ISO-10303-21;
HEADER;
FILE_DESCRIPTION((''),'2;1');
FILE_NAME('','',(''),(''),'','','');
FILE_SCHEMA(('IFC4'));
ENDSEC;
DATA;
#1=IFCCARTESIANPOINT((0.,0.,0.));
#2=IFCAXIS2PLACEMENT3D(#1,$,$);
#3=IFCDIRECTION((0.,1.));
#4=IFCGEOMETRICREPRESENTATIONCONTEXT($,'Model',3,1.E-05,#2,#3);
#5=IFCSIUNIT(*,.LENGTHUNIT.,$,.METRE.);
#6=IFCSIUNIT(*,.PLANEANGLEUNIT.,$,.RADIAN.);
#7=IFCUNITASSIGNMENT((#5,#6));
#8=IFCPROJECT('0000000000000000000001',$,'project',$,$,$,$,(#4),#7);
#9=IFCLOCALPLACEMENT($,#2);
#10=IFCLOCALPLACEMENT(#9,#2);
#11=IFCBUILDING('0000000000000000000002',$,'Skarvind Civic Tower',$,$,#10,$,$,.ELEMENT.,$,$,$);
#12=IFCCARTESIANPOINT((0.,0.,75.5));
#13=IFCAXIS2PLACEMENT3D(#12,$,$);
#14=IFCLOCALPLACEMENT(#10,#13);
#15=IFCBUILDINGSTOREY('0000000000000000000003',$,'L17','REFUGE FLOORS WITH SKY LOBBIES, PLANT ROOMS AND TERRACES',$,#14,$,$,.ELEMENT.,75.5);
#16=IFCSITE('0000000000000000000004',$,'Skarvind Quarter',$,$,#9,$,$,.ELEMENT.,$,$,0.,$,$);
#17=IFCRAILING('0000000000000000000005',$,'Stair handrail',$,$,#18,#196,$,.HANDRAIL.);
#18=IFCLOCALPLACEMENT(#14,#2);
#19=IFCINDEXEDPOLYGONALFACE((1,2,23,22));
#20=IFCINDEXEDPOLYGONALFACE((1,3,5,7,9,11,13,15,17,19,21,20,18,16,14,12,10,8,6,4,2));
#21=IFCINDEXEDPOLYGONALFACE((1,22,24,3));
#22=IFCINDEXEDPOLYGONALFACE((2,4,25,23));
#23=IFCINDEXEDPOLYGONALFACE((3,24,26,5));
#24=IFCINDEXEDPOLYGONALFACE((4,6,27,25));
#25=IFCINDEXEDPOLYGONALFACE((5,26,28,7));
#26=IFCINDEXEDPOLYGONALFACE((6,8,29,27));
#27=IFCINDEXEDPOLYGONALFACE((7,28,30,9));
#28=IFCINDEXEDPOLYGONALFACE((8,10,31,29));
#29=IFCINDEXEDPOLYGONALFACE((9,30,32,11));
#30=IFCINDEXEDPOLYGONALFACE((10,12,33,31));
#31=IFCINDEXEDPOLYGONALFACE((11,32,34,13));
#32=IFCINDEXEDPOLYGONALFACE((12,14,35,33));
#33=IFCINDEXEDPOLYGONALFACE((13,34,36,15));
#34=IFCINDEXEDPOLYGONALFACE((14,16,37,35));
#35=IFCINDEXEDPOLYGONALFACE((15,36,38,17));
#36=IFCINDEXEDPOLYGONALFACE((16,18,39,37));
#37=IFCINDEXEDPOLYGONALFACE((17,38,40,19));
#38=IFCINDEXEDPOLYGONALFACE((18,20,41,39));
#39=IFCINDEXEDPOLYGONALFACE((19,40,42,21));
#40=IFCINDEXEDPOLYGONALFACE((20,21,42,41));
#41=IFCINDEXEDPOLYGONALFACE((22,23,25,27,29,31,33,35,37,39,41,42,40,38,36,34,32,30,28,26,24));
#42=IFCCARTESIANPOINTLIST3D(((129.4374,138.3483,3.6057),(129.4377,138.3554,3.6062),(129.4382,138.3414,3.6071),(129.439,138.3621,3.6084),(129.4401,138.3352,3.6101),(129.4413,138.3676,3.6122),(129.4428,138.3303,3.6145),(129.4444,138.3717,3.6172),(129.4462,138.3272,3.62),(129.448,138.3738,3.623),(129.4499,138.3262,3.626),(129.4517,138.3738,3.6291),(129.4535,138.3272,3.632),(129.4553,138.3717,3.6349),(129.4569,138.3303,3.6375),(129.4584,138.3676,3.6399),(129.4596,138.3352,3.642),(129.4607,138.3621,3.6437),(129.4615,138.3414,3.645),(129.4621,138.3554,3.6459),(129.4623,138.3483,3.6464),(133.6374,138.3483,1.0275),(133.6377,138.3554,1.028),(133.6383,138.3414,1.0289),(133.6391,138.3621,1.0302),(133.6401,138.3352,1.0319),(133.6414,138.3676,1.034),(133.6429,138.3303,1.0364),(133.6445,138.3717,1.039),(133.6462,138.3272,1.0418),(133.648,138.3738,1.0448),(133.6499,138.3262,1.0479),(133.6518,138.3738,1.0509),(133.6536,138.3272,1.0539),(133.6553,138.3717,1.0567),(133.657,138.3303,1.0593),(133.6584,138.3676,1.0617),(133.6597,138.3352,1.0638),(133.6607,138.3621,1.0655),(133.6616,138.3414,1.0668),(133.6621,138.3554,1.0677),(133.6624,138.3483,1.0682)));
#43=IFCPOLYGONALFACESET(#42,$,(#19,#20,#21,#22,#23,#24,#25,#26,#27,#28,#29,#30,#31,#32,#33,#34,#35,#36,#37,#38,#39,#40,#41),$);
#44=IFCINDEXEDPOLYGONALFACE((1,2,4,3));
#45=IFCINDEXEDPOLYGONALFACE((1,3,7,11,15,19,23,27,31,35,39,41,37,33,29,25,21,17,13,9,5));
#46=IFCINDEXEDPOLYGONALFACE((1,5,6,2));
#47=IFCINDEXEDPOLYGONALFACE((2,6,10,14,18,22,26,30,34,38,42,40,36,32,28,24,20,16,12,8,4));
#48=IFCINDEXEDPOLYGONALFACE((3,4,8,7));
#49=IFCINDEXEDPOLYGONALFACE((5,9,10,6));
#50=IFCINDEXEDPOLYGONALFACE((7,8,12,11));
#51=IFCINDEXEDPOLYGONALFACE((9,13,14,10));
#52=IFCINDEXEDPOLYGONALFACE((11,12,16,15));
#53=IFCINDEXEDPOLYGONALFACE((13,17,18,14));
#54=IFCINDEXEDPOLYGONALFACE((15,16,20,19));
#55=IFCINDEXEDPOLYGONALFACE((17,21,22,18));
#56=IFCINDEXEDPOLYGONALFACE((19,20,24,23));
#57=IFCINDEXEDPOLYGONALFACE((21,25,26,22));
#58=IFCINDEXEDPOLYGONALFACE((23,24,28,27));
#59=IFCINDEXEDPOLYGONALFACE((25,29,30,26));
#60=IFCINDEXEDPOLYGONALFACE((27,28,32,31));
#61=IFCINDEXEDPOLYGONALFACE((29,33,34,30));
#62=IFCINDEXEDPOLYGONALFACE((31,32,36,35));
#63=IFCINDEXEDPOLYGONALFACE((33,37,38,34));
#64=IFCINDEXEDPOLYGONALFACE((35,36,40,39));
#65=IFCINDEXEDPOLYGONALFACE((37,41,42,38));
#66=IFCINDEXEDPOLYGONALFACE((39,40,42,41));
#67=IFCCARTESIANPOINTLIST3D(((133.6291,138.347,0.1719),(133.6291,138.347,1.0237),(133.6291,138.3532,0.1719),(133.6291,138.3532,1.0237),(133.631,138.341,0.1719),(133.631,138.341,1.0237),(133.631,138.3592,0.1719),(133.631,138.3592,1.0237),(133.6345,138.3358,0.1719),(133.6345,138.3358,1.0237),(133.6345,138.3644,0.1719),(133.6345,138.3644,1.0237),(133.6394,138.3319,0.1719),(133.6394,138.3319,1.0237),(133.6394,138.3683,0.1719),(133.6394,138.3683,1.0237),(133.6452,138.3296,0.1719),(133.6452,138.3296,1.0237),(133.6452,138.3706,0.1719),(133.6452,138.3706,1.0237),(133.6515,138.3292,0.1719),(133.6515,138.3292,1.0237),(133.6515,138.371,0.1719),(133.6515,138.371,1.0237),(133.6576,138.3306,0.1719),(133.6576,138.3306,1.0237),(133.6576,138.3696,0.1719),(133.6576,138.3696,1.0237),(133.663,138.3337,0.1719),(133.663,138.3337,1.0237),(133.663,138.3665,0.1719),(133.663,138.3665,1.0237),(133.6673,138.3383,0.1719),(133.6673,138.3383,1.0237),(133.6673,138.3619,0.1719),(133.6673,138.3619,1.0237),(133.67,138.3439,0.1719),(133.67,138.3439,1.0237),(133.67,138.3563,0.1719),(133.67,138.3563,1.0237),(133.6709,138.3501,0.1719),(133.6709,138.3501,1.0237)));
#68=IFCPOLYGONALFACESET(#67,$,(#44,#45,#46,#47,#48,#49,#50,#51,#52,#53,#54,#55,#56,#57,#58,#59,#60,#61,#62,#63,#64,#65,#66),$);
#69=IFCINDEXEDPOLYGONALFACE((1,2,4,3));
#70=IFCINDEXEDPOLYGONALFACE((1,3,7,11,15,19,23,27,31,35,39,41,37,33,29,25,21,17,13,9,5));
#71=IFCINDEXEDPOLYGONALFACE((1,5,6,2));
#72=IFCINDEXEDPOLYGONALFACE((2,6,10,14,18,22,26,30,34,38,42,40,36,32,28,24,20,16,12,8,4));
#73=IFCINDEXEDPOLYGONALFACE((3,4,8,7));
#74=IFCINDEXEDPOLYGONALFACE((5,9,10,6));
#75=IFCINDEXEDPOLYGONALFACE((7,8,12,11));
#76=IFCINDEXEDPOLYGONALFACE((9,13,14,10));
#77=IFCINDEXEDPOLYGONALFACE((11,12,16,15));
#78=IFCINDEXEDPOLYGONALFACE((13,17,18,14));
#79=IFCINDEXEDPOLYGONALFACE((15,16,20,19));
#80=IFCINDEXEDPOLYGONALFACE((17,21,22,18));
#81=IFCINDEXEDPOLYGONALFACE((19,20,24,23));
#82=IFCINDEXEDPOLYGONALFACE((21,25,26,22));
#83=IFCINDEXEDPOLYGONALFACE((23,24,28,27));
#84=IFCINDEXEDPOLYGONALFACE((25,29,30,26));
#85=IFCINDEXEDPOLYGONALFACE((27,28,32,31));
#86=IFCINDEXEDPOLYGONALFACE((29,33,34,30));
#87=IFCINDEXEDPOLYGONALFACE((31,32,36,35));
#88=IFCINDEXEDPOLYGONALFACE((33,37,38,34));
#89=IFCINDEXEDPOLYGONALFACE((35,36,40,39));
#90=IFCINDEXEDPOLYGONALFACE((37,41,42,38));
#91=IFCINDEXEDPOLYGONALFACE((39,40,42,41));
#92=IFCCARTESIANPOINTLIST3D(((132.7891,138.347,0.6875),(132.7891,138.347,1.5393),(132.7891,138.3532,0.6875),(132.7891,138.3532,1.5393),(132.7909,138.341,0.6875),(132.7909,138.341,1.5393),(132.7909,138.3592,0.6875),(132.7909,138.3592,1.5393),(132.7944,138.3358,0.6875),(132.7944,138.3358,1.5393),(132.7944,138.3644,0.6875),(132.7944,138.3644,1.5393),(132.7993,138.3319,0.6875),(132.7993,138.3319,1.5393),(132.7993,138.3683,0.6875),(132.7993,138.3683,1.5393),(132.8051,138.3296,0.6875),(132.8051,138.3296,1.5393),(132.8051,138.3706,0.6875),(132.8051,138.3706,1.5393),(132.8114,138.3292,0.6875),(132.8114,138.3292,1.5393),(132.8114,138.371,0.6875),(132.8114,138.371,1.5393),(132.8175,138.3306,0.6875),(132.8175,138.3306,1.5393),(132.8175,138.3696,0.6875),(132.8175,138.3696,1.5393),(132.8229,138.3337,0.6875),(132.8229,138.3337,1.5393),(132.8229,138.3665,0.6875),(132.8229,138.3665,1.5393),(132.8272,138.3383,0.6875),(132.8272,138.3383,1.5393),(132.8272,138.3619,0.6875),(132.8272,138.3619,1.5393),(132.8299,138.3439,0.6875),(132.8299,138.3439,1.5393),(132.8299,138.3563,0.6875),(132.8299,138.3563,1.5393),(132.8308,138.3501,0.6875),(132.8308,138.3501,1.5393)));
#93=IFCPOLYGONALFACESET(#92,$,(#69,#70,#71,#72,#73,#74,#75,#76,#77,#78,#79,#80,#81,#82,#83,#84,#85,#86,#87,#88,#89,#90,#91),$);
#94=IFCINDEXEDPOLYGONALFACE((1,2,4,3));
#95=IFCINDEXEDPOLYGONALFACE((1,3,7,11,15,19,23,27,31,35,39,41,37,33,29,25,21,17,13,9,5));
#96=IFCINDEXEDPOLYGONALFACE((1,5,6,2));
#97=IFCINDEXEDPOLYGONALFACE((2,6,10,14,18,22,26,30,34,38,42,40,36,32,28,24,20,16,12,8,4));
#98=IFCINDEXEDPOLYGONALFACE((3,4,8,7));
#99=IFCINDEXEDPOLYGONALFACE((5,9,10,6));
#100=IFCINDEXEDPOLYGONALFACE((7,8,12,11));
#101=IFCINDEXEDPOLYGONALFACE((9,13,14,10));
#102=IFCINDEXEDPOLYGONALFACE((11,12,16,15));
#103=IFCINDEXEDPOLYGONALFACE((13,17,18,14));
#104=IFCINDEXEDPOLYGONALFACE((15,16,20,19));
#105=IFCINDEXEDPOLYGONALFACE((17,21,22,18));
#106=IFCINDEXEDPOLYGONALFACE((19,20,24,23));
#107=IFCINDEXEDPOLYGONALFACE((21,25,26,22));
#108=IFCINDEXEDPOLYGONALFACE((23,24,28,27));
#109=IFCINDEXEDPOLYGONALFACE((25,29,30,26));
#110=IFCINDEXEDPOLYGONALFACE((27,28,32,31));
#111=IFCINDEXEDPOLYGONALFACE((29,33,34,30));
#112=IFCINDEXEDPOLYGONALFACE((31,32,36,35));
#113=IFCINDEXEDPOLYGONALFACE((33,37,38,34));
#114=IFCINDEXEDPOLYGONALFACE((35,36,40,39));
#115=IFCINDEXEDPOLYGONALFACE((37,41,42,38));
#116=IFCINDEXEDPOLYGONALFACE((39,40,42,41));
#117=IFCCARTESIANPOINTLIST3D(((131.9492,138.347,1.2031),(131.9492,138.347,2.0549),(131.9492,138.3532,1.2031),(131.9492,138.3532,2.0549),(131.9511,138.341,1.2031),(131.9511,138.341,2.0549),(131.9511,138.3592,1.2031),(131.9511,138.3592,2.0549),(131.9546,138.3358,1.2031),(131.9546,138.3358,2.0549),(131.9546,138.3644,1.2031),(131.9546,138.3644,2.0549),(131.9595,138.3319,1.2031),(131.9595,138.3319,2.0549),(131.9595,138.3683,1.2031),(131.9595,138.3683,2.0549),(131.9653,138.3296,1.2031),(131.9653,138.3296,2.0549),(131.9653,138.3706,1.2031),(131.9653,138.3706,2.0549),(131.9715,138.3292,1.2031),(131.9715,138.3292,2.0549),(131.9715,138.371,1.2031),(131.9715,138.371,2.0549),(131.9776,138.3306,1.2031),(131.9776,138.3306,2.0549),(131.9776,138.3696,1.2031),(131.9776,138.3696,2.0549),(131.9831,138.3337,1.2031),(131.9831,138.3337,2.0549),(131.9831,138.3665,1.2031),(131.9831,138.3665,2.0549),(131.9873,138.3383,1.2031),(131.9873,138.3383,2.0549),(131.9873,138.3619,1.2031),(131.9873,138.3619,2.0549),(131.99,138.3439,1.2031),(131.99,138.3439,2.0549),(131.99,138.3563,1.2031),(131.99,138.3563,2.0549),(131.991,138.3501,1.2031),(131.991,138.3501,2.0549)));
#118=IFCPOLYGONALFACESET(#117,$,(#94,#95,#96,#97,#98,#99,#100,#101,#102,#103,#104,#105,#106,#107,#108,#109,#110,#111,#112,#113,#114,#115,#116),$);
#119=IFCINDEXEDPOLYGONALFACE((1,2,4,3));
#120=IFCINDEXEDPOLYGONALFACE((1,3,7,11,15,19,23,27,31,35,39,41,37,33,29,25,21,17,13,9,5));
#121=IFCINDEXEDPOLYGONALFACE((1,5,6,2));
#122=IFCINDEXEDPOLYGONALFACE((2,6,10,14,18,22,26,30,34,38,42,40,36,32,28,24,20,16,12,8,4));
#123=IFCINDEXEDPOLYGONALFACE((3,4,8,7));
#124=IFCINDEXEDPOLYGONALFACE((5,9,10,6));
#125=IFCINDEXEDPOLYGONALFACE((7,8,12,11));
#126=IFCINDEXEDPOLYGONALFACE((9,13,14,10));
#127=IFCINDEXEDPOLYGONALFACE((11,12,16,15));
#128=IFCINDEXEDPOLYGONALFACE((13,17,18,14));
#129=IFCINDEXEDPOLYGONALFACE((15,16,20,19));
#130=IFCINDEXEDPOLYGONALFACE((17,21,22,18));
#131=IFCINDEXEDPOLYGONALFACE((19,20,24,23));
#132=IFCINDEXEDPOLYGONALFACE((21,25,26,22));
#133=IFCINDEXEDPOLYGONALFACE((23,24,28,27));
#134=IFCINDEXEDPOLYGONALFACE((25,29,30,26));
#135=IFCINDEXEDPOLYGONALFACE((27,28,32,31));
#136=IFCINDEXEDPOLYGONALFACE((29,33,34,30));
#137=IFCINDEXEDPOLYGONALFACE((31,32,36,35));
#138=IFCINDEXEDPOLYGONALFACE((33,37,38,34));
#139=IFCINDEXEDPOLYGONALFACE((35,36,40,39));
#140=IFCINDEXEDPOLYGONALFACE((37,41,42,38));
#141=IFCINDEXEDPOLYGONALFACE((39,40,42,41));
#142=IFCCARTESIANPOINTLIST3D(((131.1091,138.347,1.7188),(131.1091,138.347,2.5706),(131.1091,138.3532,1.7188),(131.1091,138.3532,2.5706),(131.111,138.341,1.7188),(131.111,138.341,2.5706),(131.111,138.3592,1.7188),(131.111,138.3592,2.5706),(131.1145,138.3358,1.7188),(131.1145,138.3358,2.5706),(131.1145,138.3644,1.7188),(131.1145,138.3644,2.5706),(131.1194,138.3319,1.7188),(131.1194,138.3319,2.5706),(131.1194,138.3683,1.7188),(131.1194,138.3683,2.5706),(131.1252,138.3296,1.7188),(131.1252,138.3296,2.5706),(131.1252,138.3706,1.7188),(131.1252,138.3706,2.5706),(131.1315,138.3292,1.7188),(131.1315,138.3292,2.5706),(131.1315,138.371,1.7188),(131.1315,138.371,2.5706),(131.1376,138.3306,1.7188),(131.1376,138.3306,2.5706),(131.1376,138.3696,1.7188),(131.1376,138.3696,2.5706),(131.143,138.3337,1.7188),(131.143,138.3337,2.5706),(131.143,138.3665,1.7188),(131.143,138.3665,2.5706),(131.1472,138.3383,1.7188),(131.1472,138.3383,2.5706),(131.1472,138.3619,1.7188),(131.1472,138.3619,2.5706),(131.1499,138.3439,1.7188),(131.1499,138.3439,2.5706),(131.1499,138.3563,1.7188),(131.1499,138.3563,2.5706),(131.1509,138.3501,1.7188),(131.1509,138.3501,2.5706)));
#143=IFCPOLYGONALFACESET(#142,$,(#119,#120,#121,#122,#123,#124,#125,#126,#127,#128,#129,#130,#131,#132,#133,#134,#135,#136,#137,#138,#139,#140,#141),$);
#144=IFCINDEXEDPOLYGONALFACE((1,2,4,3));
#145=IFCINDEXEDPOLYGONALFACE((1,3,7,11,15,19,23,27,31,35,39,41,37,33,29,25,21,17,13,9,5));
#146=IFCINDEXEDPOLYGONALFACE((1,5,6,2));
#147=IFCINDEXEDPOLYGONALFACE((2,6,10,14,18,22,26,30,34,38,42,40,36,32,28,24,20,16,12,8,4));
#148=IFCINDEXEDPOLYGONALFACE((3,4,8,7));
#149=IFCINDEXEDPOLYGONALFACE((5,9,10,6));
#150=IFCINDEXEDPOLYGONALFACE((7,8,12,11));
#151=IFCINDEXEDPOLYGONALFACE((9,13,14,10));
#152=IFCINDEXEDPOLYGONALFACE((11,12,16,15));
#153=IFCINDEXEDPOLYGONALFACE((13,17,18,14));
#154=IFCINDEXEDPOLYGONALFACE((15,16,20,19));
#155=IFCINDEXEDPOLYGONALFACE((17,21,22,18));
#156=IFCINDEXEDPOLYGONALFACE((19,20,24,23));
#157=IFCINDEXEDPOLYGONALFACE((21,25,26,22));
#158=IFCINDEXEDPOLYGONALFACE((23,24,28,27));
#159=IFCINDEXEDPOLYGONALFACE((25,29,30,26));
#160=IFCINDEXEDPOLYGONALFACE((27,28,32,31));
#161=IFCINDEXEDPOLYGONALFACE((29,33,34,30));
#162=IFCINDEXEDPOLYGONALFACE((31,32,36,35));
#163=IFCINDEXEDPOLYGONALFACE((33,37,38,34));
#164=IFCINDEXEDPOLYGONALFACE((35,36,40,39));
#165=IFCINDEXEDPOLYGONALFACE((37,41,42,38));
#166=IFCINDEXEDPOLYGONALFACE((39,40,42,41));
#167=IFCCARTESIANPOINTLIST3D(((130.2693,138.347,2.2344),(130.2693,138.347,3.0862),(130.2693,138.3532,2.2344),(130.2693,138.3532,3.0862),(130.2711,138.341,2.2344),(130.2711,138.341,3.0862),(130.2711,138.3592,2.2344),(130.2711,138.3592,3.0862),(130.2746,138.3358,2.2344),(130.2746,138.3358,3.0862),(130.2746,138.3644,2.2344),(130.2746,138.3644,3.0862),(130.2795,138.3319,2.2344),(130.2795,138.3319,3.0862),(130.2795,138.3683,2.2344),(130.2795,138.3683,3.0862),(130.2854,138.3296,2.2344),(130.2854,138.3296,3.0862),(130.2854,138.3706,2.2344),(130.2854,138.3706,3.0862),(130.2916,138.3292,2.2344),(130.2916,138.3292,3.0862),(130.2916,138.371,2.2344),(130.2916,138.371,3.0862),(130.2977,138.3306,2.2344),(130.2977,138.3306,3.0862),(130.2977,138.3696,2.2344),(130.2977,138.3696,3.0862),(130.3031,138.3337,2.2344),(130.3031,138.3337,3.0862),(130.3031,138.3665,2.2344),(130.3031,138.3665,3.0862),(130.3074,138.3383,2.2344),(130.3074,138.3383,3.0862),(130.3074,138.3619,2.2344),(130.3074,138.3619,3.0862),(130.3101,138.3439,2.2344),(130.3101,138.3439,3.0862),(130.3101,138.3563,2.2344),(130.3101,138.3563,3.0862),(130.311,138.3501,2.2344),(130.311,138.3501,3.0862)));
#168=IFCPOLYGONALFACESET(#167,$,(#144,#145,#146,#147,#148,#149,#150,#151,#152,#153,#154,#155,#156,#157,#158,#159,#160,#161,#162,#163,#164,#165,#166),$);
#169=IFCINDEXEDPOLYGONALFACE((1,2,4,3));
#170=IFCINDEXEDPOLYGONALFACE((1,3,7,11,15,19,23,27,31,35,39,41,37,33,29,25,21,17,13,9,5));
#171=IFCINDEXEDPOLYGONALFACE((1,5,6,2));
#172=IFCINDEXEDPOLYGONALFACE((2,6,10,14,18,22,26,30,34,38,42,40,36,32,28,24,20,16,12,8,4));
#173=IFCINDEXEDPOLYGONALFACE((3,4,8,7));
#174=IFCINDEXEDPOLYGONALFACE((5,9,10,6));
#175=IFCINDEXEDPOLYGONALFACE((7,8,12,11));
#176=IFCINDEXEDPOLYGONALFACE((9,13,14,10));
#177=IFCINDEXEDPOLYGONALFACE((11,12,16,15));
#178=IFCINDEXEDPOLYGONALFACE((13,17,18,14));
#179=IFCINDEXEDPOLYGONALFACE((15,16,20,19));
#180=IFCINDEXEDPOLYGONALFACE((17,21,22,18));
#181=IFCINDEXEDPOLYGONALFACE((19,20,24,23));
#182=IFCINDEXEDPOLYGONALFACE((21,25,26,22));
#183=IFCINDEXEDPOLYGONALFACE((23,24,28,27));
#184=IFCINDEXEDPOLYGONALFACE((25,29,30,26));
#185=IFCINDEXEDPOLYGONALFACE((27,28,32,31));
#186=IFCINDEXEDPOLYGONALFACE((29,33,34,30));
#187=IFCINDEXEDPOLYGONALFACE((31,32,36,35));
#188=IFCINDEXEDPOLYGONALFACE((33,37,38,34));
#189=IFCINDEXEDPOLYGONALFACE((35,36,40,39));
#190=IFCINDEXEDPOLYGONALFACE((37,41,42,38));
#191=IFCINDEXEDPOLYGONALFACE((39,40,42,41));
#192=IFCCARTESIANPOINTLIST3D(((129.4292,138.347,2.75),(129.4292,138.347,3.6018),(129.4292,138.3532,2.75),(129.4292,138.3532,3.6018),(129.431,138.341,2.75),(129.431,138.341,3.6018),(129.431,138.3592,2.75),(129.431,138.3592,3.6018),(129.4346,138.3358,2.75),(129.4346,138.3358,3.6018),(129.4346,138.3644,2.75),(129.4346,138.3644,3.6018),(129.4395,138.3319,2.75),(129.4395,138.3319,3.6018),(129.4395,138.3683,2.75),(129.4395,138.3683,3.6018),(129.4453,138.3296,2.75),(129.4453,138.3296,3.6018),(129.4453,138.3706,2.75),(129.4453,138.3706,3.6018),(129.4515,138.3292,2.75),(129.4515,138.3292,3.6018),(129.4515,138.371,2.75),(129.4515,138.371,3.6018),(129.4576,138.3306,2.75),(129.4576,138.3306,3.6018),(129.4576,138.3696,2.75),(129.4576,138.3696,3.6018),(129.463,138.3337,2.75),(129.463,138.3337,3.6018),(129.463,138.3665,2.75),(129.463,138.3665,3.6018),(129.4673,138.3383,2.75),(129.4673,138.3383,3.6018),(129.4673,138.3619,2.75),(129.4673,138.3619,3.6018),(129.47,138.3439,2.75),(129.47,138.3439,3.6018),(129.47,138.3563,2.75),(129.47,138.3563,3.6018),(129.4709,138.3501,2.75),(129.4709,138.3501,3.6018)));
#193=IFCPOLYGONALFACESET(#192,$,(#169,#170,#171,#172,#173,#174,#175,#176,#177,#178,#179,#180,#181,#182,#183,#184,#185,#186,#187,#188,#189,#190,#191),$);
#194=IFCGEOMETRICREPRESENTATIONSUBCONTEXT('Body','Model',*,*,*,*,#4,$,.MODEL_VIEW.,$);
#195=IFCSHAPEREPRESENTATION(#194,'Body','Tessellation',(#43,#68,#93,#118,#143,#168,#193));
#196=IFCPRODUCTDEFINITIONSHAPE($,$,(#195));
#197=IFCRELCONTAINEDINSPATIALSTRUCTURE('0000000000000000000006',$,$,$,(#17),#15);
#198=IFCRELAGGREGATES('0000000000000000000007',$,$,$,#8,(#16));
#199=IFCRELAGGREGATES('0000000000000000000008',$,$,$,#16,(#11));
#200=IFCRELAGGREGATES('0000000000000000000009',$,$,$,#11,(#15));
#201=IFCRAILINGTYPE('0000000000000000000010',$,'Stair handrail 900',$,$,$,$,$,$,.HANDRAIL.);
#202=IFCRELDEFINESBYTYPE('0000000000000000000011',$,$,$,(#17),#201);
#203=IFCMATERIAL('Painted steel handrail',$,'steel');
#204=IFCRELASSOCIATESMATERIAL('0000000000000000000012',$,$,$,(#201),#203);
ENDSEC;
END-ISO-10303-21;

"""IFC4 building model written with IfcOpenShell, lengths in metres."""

from ifc_helpers import new_model, si_unit, direction, frame, origin, origin_2d, place, context, subcontext, project, spatial, circle, extrude, material, type_object, element, save


model = new_model("IFC4")

# Units and contexts
model_context = context("Model", 3, precision=1e-05, world=origin(), true_north=direction((0.0, 1.0)))
body_context = subcontext(model_context, "Body", "Model", "MODEL_VIEW")
ifc_project = project(units=[si_unit("LENGTHUNIT", "METRE"), si_unit("PLANEANGLEUNIT", "RADIAN")], contexts=[model_context])

# Site, building, storey
site_placement = place(None, origin())
site = spatial("IfcSite", under=ifc_project, at=site_placement, Name="Skarvind Quarter", CompositionType="ELEMENT", RefElevation=0.0)
building_placement = place(site_placement, origin())
building = spatial("IfcBuilding", under=site, at=building_placement, Name="Skarvind Civic Tower", CompositionType="ELEMENT")
storey_placement = place(building_placement, frame((0.0, 0.0, 75.5)))
storey = spatial("IfcBuildingStorey", under=building, at=storey_placement, Name="L17", Description="REFUGE FLOORS WITH SKY LOBBIES, PLANT ROOMS AND TERRACES", CompositionType="ELEMENT", Elevation=75.5)

# Railing
ifc_material_1 = material(Name="Painted steel handrail", Category="steel")
railing_type = type_object("IfcRailingType", Name="Stair handrail 900", PredefinedType="HANDRAIL", material=ifc_material_1)
railing_placement = place(storey_placement, frame((133.6499, 138.3501, 0.1719)))
element("IfcRailing", 1, at=railing_placement, inside=storey, type_object=railing_type, Name="Stair handrail", PredefinedType="HANDRAIL", context=body_context, shape_type="SweptSolid", body=[
    extrude(circle(Radius=0.0239, at=origin_2d()), frame((0.0, 0.0, 0.876), z_axis=(-0.852243, 0.0, 0.523146), x_axis=(0.0, -1.0, 0.0)), (0.0, 0.0, 1.0), 4.9282),
    extrude(circle(Radius=0.021, at=origin_2d()), origin(), (0.0, 0.0, 1.0), 0.8518),
    extrude(circle(Radius=0.021, at=origin_2d()), frame((-0.8401, 0.0, 0.5156)), (0.0, 0.0, 1.0), 0.8518),
    extrude(circle(Radius=0.021, at=origin_2d()), frame((-1.6799, 0.0, 1.0312)), (0.0, 0.0, 1.0), 0.8518),
    extrude(circle(Radius=0.021, at=origin_2d()), frame((-2.52, 0.0, 1.5469)), (0.0, 0.0, 1.0), 0.8518),
    extrude(circle(Radius=0.021, at=origin_2d()), frame((-3.3599, 0.0, 2.0625)), (0.0, 0.0, 1.0), 0.8518),
    extrude(circle(Radius=0.021, at=origin_2d()), frame((-4.2, 0.0, 2.5781)), (0.0, 0.0, 1.0), 0.8518),
])

save(model, "model.ifc")
